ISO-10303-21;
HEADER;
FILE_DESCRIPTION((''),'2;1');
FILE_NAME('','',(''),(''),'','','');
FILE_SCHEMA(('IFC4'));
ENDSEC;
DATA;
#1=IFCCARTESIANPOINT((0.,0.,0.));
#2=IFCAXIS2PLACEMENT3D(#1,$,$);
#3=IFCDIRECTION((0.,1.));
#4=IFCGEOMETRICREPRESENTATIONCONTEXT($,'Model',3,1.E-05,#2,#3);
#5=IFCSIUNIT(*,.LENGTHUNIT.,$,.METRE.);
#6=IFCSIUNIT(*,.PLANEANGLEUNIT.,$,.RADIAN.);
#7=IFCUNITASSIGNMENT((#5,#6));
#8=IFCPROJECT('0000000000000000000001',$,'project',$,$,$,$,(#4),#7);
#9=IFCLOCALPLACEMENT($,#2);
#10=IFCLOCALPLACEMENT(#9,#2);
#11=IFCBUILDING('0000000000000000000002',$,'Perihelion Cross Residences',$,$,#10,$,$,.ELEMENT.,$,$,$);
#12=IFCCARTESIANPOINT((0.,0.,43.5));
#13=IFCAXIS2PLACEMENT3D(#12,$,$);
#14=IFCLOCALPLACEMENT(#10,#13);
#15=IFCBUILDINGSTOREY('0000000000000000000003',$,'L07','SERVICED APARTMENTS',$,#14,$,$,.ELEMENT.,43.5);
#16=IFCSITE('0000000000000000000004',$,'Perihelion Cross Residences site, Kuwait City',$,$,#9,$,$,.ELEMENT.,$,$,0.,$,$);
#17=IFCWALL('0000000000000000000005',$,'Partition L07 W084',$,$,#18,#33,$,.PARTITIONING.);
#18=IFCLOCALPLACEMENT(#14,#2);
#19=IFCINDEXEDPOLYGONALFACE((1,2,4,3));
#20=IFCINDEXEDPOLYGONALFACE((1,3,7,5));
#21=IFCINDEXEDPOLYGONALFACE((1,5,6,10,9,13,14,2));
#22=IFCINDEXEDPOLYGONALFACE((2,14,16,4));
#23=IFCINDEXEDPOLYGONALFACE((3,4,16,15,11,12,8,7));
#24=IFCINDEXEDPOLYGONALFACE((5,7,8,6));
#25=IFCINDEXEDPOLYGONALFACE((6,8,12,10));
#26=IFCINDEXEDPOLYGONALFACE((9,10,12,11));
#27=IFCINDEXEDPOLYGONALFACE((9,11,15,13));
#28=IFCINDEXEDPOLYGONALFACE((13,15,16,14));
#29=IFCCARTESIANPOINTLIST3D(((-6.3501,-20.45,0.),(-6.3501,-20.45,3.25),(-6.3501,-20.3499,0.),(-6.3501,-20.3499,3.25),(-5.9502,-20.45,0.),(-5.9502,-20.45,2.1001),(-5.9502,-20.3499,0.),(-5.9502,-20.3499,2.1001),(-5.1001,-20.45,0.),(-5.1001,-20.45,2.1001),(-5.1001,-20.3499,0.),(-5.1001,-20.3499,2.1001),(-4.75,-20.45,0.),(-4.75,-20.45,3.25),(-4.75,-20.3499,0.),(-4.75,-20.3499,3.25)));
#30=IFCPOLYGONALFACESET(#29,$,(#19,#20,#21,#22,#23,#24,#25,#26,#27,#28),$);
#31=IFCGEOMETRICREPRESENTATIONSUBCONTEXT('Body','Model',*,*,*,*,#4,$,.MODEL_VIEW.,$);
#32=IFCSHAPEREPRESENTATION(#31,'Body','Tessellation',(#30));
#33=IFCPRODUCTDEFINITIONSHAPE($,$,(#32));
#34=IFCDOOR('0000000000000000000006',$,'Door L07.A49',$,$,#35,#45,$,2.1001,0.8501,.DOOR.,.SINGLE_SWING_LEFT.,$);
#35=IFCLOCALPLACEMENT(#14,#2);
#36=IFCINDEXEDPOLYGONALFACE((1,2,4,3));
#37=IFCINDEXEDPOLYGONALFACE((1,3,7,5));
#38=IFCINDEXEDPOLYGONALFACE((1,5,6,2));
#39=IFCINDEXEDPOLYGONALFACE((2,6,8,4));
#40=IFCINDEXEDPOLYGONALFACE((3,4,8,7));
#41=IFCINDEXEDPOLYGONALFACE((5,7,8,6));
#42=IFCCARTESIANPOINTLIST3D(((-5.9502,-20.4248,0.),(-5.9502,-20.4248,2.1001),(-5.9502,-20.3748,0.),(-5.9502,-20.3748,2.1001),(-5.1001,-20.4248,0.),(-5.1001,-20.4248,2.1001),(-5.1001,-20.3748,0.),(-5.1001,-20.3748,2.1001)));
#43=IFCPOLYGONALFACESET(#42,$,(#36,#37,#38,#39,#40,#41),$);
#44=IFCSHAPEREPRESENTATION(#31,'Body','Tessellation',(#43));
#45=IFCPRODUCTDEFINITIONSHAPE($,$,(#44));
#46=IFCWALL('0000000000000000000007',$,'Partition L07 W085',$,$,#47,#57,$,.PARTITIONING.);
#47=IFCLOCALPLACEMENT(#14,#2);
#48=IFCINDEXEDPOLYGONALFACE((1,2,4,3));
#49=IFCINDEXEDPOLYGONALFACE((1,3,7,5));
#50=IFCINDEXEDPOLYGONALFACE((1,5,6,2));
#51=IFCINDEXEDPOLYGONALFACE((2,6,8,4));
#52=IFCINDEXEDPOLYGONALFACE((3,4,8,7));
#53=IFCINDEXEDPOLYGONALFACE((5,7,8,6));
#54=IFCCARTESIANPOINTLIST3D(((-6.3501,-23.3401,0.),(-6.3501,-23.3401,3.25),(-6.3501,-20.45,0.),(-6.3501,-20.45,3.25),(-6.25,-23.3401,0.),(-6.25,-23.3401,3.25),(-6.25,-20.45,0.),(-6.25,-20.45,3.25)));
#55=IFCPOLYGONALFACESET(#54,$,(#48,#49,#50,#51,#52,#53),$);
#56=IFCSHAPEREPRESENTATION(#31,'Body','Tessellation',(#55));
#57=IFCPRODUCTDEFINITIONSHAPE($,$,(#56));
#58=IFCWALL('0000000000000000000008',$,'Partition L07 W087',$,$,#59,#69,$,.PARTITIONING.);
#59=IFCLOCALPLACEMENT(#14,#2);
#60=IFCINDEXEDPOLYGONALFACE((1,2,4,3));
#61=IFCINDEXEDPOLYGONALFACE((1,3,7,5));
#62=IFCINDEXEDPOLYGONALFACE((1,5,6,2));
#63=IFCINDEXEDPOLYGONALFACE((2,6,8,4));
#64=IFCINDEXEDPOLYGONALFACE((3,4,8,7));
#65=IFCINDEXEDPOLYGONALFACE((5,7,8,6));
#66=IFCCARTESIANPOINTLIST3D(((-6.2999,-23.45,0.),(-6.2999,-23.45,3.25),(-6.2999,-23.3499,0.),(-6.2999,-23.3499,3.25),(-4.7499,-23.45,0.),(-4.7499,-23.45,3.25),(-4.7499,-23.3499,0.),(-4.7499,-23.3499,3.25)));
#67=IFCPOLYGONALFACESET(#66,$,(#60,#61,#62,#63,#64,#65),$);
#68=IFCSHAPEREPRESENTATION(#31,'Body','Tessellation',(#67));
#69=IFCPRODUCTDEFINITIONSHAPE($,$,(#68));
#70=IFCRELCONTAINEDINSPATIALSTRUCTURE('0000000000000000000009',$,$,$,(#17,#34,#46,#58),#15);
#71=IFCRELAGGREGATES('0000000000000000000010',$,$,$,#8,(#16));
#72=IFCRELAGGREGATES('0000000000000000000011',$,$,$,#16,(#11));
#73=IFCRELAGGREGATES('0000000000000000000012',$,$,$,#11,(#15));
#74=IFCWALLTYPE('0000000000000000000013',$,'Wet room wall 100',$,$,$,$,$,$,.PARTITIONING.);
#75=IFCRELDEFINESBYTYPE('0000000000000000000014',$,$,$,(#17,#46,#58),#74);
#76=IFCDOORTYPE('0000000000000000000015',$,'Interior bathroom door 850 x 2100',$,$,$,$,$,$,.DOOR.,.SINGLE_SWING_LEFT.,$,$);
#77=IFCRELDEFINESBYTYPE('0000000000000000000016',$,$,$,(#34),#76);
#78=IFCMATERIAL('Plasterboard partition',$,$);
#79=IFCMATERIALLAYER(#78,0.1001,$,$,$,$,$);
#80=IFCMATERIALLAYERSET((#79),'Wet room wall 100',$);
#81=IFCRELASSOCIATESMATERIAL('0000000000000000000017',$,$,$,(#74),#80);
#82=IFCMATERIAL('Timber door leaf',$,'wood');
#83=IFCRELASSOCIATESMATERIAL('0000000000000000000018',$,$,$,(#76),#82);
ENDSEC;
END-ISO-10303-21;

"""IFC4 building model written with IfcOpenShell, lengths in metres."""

from ifc_helpers import new_model, si_unit, direction, frame, frame_2d, origin, place, context, subcontext, project, spatial, rectangle, extrude, material, layer, layer_set, type_object, element, fill, save


model = new_model("IFC4")

# Units and contexts
model_context = context("Model", 3, precision=1e-05, world=origin(), true_north=direction((0.0, 1.0)))
body_context = subcontext(model_context, "Body", "Model", "MODEL_VIEW")
ifc_project = project(units=[si_unit("LENGTHUNIT", "METRE"), si_unit("PLANEANGLEUNIT", "RADIAN")], contexts=[model_context])

# Site, building, storey
site_placement = place(None, origin())
site = spatial("IfcSite", under=ifc_project, at=site_placement, Name="Perihelion Cross Residences site, Kuwait City", CompositionType="ELEMENT", RefElevation=0.0)
building_placement = place(site_placement, origin())
building = spatial("IfcBuilding", under=site, at=building_placement, Name="Perihelion Cross Residences", CompositionType="ELEMENT")
storey_placement = place(building_placement, frame((0.0, 0.0, 43.5)))
storey = spatial("IfcBuildingStorey", under=building, at=storey_placement, Name="L07", Description="SERVICED APARTMENTS", CompositionType="ELEMENT", Elevation=43.5)

# Wall, opening, door
ifc_material_1 = material(Name="Plasterboard partition")
ifc_layer_1 = layer(ifc_material_1, 0.1001)
ifc_layer_set_1 = layer_set([ifc_layer_1], Name="Wet room wall 100")
wall_type_1 = type_object("IfcWallType", Name="Wet room wall 100", PredefinedType="PARTITIONING", material=ifc_layer_set_1)
wall_1_placement = place(storey_placement, frame((-4.75, -20.3999, 0.0), z_axis=(0.0, 0.0, 1.0), x_axis=(-1.0, 0.0, 0.0)))
wall_1 = element("IfcWall", 1, at=wall_1_placement, inside=storey, type_object=wall_type_1, Name="Partition L07 W084", PredefinedType="PARTITIONING", context=body_context, shape_type="SweptSolid", body=[
    extrude(rectangle(XDim=1.6001, YDim=0.1001, at=frame_2d((0.8, 0.0))), origin(), (0.0, 0.0, 1.0), 3.25),
])
opening_1_placement = place(wall_1_placement, frame((0.3501, 0.0, 0.0)))
opening_1 = element("IfcOpeningElement", 2, at=opening_1_placement, cuts=wall_1, PredefinedType="OPENING", context=body_context, shape_type="SweptSolid", body=[
    extrude(rectangle(XDim=0.8501, YDim=2.1001, at=frame_2d((0.425, 1.05))), frame((0.0, 0.0601, 0.0), z_axis=(0.0, -1.0, 0.0), x_axis=(1.0, 0.0, 0.0)), (0.0, 0.0, 1.0), 0.1201),
])
ifc_material_2 = material(Name="Timber door leaf", Category="wood")
door_type_1 = type_object("IfcDoorType", Name="Interior bathroom door 850 x 2100", OperationType="SINGLE_SWING_LEFT", PredefinedType="DOOR", material=ifc_material_2)
door_1_placement = place(opening_1_placement, origin())
door_1 = element("IfcDoor", 3, at=door_1_placement, inside=storey, type_object=door_type_1, Name="Door L07.A49", OperationType="SINGLE_SWING_LEFT", OverallHeight=2.1001, OverallWidth=0.8501, PredefinedType="DOOR", context=body_context, shape_type="SweptSolid", body=[
    extrude(rectangle(XDim=0.8501, YDim=2.1001, at=frame_2d((0.425, 1.05))), frame((0.0, 0.0249, 0.0), z_axis=(0.0, -1.0, 0.0), x_axis=(1.0, 0.0, 0.0)), (0.0, 0.0, 1.0), 0.05),
])
fill(opening_1, door_1)

# Walls
wall_2_placement = place(storey_placement, frame((-6.3, -20.45, 0.0), z_axis=(0.0, 0.0, 1.0), x_axis=(0.0, -1.0, 0.0)))
element("IfcWall", 4, at=wall_2_placement, inside=storey, type_object=wall_type_1, Name="Partition L07 W085", PredefinedType="PARTITIONING", context=body_context, shape_type="SweptSolid", body=[
    extrude(rectangle(XDim=2.8901, YDim=0.1001, at=frame_2d((1.4451, 0.0))), origin(), (0.0, 0.0, 1.0), 3.25),
])
wall_3_placement = place(storey_placement, frame((-4.75, -23.3999, 0.0), z_axis=(0.0, 0.0, 1.0), x_axis=(-1.0, 0.0, 0.0)))
element("IfcWall", 5, at=wall_3_placement, inside=storey, type_object=wall_type_1, Name="Partition L07 W087", PredefinedType="PARTITIONING", context=body_context, shape_type="SweptSolid", body=[
    extrude(rectangle(XDim=1.55, YDim=0.1001, at=frame_2d((0.7749, 0.0))), origin(), (0.0, 0.0, 1.0), 3.25),
])

save(model, "model.ifc")
